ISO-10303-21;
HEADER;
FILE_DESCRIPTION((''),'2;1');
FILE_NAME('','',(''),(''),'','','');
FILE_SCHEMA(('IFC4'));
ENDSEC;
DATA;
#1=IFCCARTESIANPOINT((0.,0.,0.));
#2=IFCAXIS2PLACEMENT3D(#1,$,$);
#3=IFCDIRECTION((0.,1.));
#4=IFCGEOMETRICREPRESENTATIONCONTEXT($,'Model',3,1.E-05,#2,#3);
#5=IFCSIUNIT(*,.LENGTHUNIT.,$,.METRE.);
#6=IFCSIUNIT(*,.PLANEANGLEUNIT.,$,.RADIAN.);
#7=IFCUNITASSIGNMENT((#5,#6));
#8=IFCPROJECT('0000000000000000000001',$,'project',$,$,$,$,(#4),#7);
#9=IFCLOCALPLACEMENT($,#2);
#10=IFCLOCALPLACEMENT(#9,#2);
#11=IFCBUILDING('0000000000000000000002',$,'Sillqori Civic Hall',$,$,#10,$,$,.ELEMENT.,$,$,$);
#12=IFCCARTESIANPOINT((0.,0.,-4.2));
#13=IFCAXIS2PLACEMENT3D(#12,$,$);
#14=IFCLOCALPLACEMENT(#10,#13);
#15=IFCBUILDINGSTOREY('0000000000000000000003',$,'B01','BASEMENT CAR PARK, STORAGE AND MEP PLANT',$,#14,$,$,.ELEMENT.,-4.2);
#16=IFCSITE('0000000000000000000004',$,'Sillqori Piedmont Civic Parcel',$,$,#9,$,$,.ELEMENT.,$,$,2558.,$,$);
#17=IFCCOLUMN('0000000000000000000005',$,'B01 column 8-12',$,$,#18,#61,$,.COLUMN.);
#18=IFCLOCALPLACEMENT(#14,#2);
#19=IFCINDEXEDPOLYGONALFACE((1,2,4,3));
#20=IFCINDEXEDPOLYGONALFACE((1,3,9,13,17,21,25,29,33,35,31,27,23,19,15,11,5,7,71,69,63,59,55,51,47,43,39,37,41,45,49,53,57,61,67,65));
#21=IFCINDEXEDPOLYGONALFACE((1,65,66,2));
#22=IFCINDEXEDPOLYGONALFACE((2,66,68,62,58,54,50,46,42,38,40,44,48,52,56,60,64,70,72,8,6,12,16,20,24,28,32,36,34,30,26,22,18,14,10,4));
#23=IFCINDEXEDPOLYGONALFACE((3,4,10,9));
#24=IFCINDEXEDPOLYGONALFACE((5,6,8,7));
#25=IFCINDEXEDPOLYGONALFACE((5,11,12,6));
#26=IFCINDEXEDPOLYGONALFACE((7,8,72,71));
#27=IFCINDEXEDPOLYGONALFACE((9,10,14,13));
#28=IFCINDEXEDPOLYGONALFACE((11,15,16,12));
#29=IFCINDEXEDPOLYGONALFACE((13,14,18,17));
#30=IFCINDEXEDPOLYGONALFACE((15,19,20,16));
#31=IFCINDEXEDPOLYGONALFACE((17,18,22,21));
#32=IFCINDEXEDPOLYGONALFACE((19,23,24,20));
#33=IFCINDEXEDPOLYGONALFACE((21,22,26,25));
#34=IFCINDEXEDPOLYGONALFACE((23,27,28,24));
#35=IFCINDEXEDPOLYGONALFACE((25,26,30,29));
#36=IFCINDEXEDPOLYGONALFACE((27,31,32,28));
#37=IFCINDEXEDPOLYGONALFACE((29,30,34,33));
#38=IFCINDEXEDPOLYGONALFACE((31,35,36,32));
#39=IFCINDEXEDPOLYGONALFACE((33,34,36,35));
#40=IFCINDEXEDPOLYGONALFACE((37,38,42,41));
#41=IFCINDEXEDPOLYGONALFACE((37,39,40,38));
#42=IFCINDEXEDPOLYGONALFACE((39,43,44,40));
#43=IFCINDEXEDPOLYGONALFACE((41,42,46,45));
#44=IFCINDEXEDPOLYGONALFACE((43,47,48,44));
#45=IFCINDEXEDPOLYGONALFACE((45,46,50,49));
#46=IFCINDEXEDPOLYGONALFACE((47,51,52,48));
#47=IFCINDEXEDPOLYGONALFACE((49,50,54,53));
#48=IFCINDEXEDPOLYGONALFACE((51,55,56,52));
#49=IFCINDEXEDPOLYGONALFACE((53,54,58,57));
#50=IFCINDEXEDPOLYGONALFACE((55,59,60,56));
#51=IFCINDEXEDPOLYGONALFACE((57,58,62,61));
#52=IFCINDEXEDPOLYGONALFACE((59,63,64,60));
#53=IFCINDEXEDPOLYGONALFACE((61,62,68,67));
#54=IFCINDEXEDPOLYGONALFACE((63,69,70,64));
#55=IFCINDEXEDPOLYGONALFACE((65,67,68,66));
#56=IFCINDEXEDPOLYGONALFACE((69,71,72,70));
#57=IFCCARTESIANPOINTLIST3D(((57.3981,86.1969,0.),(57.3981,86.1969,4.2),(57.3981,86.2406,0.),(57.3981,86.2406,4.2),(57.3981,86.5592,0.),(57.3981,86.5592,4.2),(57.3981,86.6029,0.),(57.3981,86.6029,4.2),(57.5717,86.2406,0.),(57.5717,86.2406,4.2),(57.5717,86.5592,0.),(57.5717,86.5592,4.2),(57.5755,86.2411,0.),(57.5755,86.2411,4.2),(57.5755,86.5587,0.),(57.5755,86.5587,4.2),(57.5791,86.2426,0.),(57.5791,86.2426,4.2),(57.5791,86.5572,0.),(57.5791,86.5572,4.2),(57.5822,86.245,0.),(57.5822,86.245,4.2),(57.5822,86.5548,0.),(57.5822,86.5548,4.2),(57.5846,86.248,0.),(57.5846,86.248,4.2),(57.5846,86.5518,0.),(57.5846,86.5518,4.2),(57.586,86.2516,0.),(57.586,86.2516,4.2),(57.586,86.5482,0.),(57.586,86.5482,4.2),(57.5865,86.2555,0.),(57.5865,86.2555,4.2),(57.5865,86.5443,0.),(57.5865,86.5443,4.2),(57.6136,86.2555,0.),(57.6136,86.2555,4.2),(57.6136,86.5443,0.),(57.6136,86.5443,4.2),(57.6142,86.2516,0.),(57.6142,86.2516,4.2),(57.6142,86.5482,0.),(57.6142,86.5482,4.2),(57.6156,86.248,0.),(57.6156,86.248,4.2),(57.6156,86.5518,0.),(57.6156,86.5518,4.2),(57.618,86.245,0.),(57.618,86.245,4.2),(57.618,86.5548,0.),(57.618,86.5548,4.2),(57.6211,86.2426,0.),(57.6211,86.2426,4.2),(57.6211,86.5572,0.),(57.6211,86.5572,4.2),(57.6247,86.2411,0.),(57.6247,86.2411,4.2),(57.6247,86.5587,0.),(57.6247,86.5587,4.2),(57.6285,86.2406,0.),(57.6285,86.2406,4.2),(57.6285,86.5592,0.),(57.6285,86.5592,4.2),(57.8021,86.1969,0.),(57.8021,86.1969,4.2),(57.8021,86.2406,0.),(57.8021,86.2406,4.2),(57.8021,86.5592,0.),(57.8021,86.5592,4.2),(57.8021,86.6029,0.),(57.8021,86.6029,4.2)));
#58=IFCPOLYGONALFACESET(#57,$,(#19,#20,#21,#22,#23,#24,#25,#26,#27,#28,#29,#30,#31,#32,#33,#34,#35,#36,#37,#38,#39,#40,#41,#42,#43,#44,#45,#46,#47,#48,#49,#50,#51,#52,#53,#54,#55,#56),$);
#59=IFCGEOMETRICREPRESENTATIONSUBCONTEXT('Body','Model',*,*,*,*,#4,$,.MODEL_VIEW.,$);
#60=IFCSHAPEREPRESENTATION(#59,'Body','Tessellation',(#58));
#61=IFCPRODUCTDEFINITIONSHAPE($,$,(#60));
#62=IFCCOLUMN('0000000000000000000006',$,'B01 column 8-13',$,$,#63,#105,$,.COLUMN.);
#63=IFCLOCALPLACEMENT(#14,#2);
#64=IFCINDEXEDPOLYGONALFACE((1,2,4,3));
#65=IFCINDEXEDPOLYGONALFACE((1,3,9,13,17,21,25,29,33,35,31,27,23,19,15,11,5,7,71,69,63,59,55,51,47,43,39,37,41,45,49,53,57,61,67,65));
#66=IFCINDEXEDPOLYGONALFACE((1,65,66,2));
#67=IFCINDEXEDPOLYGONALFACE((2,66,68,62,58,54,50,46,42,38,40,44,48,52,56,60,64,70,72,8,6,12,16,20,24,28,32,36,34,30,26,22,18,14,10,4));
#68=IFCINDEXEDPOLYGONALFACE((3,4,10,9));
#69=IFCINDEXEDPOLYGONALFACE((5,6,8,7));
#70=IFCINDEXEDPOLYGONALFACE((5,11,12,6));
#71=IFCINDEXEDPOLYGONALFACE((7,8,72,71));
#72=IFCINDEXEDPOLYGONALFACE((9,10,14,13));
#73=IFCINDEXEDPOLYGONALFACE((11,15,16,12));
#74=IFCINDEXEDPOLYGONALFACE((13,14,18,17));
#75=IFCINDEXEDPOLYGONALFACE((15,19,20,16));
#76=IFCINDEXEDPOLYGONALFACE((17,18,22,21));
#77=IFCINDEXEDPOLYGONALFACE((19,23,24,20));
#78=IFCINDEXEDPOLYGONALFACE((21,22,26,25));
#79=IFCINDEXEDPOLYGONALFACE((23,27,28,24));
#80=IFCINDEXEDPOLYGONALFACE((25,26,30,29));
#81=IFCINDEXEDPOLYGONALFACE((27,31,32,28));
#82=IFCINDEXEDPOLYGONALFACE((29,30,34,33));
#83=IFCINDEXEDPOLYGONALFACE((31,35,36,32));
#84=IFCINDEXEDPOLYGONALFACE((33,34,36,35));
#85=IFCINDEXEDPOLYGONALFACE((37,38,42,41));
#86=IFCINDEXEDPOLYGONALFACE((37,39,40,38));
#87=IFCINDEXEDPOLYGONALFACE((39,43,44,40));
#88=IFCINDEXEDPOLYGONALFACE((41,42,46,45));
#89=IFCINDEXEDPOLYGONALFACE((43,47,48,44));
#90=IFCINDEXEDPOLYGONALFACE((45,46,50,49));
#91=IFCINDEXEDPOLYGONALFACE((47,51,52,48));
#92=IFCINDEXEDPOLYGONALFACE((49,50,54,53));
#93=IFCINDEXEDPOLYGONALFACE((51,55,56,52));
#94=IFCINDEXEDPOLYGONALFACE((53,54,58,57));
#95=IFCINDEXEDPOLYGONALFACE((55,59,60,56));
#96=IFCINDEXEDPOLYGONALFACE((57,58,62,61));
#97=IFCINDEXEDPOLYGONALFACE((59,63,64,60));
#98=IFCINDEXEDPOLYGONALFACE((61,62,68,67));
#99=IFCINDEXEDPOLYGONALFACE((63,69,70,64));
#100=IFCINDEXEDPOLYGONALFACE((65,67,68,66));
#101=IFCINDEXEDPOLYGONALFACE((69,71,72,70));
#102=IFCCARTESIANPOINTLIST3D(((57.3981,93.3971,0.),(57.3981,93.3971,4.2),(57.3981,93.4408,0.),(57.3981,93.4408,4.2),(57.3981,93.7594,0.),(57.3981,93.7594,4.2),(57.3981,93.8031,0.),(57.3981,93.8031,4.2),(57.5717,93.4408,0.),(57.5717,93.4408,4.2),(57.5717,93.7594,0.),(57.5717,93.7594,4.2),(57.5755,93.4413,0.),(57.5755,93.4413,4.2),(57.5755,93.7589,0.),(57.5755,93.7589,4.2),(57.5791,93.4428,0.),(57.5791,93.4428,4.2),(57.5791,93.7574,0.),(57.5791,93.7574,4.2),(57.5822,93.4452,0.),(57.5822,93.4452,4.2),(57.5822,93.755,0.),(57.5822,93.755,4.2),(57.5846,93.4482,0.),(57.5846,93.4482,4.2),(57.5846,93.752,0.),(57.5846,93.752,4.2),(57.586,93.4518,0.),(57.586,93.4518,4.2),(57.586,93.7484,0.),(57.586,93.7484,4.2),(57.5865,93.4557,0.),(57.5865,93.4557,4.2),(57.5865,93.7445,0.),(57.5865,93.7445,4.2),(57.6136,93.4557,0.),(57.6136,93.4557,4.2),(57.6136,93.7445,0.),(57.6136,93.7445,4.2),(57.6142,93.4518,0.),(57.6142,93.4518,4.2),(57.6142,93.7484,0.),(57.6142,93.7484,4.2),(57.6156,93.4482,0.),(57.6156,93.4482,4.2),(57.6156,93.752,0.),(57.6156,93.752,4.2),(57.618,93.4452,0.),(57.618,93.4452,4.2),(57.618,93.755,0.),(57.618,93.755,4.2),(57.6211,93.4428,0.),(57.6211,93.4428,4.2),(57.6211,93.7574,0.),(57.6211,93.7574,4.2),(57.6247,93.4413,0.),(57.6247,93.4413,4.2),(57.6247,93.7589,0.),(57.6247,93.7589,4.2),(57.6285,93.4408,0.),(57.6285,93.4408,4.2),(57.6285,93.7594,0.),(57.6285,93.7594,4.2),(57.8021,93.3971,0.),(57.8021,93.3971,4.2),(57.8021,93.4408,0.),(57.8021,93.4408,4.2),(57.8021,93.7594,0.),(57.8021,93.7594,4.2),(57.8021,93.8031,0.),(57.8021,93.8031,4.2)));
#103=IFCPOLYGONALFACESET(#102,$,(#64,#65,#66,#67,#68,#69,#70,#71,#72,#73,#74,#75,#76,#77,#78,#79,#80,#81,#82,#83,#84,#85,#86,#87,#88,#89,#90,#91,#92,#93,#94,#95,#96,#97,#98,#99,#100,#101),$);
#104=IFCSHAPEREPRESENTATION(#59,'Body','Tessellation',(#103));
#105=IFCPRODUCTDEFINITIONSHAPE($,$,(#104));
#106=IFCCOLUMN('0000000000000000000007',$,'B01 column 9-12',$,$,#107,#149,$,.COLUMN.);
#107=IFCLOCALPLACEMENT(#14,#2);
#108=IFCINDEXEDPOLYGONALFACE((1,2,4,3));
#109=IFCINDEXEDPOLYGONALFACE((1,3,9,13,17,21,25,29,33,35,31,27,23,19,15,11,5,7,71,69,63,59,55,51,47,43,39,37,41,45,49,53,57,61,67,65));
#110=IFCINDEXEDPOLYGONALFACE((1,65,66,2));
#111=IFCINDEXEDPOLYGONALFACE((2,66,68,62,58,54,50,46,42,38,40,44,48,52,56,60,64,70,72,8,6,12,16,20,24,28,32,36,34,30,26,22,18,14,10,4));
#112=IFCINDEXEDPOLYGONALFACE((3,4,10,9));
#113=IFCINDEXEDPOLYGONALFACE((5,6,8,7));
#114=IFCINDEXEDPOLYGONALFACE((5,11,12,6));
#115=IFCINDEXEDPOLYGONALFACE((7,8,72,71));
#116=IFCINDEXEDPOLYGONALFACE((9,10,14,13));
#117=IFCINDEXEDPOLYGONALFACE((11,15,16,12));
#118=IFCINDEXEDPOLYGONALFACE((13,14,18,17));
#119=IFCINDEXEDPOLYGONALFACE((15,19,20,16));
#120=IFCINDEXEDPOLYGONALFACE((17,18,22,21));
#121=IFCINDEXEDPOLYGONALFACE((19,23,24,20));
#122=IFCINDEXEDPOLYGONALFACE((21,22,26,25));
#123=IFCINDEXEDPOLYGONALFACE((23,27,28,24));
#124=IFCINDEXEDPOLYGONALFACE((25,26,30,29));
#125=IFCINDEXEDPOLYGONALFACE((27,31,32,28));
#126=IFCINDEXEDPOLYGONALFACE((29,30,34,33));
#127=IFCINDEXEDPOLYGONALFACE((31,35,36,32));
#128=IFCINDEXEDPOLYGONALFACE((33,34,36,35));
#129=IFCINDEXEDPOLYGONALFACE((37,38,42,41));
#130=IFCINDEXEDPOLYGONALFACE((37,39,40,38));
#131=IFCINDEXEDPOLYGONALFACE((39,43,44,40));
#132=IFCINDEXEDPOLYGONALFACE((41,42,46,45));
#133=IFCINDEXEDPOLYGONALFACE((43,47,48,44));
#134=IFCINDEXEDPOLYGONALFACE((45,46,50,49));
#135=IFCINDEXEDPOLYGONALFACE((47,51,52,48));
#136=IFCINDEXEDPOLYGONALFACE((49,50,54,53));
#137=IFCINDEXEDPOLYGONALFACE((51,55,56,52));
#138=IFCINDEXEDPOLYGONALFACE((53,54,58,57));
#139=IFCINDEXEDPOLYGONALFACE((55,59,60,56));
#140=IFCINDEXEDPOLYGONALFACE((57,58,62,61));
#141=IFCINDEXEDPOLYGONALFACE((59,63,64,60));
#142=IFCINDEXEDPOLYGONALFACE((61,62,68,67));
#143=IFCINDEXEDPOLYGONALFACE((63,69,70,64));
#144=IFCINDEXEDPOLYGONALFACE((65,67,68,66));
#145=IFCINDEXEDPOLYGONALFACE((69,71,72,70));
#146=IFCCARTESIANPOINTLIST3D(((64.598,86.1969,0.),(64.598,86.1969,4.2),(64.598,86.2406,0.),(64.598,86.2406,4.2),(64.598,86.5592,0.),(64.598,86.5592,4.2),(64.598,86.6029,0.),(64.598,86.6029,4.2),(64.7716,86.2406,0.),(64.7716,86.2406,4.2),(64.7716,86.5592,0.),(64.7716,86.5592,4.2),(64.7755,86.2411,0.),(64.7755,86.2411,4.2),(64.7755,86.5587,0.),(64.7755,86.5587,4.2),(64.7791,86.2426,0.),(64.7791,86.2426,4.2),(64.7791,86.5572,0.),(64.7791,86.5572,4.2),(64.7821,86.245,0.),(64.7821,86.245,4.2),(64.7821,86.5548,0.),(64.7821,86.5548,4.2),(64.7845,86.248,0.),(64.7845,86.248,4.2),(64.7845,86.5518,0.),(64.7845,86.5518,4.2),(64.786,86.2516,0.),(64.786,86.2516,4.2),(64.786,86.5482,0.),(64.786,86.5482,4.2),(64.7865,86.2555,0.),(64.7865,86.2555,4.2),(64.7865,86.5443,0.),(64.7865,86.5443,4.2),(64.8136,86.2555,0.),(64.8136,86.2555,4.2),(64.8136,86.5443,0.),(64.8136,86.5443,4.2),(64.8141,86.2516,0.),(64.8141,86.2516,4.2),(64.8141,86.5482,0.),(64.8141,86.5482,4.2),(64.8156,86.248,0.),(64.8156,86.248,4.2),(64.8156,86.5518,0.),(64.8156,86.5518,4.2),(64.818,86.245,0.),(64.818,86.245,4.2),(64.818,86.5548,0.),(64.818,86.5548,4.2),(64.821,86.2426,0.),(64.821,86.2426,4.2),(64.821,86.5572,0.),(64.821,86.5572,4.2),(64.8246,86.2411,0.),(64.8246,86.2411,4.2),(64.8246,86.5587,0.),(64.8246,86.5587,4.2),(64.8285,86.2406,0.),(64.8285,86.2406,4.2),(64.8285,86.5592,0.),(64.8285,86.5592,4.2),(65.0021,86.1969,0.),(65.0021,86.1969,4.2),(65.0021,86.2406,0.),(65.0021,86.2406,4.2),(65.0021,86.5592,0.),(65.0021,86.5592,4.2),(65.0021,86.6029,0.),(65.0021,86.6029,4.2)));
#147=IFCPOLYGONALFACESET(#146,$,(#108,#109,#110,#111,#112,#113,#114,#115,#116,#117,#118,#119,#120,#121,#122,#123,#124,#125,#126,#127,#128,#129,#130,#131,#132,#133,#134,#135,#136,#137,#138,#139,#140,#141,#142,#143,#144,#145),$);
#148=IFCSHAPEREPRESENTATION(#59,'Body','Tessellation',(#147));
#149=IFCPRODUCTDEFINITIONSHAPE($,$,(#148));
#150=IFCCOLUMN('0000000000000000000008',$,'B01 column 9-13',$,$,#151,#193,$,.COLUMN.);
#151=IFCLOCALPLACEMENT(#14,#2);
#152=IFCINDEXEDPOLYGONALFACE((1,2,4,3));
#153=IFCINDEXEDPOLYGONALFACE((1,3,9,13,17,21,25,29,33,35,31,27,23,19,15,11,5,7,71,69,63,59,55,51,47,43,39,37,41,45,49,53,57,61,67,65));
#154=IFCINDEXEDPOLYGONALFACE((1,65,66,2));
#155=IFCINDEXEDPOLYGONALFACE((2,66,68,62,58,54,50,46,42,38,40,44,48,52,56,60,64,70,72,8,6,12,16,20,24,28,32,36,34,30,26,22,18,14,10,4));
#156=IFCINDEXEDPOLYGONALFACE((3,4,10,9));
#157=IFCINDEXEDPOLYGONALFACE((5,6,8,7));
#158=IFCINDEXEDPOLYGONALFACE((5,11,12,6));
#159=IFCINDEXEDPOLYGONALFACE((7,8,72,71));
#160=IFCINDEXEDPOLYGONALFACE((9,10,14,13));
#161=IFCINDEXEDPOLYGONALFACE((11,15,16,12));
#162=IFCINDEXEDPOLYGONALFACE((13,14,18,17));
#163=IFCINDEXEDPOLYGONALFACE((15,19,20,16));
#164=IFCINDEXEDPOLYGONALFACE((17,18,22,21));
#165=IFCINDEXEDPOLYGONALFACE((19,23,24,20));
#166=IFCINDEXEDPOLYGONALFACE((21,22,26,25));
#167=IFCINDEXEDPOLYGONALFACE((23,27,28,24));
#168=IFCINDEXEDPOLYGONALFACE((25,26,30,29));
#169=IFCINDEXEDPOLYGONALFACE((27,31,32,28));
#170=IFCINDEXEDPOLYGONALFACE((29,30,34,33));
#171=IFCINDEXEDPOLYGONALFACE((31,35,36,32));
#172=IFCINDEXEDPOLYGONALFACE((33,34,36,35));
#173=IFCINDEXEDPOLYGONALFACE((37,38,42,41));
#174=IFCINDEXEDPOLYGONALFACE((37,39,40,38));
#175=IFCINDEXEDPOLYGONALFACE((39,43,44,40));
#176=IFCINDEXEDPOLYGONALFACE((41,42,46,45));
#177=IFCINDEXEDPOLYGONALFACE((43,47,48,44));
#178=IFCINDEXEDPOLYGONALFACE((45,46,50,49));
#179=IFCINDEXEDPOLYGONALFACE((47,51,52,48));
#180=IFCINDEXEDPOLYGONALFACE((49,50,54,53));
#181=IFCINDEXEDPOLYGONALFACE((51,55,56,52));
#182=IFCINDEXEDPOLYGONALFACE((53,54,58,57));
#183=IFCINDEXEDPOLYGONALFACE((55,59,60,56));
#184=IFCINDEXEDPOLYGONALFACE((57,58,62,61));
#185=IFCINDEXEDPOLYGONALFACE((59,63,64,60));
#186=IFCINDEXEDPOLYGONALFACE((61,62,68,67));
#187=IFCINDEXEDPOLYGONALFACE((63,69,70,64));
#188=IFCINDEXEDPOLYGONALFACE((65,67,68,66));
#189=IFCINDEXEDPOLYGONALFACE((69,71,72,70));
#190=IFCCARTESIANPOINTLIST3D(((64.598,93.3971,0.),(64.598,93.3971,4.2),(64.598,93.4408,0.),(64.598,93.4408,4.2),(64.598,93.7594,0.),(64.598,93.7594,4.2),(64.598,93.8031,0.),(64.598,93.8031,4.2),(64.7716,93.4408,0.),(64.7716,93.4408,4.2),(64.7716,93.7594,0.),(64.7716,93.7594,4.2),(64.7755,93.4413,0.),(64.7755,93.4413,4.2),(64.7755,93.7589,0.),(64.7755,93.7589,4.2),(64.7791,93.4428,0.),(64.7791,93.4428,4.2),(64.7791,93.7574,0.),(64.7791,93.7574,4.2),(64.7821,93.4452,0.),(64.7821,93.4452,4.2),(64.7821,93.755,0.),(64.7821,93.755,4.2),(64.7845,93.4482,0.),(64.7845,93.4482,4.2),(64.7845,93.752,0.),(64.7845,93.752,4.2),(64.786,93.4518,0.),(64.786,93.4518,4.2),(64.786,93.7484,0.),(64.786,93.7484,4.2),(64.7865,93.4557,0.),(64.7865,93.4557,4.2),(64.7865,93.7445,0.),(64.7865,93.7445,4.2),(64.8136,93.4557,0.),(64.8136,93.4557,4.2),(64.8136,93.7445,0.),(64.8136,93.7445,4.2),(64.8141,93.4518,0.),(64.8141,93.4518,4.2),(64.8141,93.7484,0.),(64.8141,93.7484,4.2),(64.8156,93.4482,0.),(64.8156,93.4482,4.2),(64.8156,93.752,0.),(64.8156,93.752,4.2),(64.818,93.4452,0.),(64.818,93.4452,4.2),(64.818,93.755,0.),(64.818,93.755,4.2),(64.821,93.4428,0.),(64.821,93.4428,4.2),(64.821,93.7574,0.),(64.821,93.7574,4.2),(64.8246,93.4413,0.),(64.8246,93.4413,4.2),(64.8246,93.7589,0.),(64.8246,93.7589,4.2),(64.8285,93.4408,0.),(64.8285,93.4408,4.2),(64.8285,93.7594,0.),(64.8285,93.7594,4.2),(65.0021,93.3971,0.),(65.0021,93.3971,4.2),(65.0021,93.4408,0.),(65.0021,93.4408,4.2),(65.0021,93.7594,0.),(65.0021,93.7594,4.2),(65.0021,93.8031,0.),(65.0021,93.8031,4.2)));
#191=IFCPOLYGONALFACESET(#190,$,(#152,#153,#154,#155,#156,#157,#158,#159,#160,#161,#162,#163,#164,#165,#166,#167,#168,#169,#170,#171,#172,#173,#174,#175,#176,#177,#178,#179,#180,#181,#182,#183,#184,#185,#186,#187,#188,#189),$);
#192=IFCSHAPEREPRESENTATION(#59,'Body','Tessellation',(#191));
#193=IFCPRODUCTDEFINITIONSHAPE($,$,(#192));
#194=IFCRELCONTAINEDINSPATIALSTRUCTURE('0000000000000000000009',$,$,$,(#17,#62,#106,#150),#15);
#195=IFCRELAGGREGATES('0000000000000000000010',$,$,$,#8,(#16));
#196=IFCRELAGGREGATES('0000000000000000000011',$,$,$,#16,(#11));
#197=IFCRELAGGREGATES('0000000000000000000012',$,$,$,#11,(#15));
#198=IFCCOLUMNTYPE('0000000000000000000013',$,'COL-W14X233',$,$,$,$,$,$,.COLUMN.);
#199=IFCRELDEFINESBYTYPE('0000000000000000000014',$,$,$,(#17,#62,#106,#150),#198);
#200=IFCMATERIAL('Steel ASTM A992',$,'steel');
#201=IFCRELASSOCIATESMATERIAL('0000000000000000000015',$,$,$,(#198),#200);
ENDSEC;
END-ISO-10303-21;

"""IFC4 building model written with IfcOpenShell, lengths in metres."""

from ifc_helpers import new_model, si_unit, direction, frame, origin, origin_2d, place, context, subcontext, project, spatial, i_section, extrude, material, material_profile, profile_set, type_object, element, save


model = new_model("IFC4")

# Units and contexts
model_context = context("Model", 3, precision=1e-05, world=origin(), true_north=direction((0.0, 1.0)))
body_context = subcontext(model_context, "Body", "Model", "MODEL_VIEW")
ifc_project = project(units=[si_unit("LENGTHUNIT", "METRE"), si_unit("PLANEANGLEUNIT", "RADIAN")], contexts=[model_context])

# Site, building, storey
site_placement = place(None, origin())
site = spatial("IfcSite", under=ifc_project, at=site_placement, Name="Sillqori Piedmont Civic Parcel", CompositionType="ELEMENT", RefElevation=2558.0)
building_placement = place(site_placement, origin())
building = spatial("IfcBuilding", under=site, at=building_placement, Name="Sillqori Civic Hall", CompositionType="ELEMENT")
storey_placement = place(building_placement, frame((0.0, 0.0, -4.2)))
storey = spatial("IfcBuildingStorey", under=building, at=storey_placement, Name="B01", Description="BASEMENT CAR PARK, STORAGE AND MEP PLANT", CompositionType="ELEMENT", Elevation=-4.2)

# Columns
ifc_material_1 = material(Name="Steel ASTM A992", Category="steel")
ifc_material_profile_1 = material_profile(ifc_material_1, i_section(OverallWidth=0.4041, OverallDepth=0.406, WebThickness=0.0271, FlangeThickness=0.0437, FilletRadius=0.0149, at=origin_2d()), Name="W14X233")
ifc_profile_set_1 = profile_set([ifc_material_profile_1], Name="Steel ASTM A992")
column_type = type_object("IfcColumnType", Name="COL-W14X233", PredefinedType="COLUMN", material=ifc_profile_set_1)
for number, where, z_axis, x_axis, name in (
    (1, (57.6001, 86.3999, 0.0), (0.0, 0.0, 1.0), (1.0, 0.0, 0.0), "B01 column 8-12"),
    (2, (57.6001, 93.6001, 0.0), (0.0, 0.0, 1.0), (1.0, 0.0, 0.0), "B01 column 8-13"),
    (3, (64.8, 86.3999, 0.0), (0.0, 0.0, 1.0), (1.0, 0.0, 0.0), "B01 column 9-12"),
    (4, (64.8, 93.6001, 0.0), (0.0, 0.0, 1.0), (1.0, 0.0, 0.0), "B01 column 9-13"),
):
    element("IfcColumn", number, at=place(storey_placement, frame(where, z_axis=z_axis, x_axis=x_axis)), inside=storey, type_object=column_type, Name=name, PredefinedType="COLUMN", context=body_context, shape_type="SweptSolid", body=[
        extrude(i_section(OverallWidth=0.4041, OverallDepth=0.406, WebThickness=0.0271, FlangeThickness=0.0437, FilletRadius=0.0149, at=origin_2d()), origin(), (0.0, 0.0, 1.0), 4.2),
    ])

save(model, "model.ifc")
